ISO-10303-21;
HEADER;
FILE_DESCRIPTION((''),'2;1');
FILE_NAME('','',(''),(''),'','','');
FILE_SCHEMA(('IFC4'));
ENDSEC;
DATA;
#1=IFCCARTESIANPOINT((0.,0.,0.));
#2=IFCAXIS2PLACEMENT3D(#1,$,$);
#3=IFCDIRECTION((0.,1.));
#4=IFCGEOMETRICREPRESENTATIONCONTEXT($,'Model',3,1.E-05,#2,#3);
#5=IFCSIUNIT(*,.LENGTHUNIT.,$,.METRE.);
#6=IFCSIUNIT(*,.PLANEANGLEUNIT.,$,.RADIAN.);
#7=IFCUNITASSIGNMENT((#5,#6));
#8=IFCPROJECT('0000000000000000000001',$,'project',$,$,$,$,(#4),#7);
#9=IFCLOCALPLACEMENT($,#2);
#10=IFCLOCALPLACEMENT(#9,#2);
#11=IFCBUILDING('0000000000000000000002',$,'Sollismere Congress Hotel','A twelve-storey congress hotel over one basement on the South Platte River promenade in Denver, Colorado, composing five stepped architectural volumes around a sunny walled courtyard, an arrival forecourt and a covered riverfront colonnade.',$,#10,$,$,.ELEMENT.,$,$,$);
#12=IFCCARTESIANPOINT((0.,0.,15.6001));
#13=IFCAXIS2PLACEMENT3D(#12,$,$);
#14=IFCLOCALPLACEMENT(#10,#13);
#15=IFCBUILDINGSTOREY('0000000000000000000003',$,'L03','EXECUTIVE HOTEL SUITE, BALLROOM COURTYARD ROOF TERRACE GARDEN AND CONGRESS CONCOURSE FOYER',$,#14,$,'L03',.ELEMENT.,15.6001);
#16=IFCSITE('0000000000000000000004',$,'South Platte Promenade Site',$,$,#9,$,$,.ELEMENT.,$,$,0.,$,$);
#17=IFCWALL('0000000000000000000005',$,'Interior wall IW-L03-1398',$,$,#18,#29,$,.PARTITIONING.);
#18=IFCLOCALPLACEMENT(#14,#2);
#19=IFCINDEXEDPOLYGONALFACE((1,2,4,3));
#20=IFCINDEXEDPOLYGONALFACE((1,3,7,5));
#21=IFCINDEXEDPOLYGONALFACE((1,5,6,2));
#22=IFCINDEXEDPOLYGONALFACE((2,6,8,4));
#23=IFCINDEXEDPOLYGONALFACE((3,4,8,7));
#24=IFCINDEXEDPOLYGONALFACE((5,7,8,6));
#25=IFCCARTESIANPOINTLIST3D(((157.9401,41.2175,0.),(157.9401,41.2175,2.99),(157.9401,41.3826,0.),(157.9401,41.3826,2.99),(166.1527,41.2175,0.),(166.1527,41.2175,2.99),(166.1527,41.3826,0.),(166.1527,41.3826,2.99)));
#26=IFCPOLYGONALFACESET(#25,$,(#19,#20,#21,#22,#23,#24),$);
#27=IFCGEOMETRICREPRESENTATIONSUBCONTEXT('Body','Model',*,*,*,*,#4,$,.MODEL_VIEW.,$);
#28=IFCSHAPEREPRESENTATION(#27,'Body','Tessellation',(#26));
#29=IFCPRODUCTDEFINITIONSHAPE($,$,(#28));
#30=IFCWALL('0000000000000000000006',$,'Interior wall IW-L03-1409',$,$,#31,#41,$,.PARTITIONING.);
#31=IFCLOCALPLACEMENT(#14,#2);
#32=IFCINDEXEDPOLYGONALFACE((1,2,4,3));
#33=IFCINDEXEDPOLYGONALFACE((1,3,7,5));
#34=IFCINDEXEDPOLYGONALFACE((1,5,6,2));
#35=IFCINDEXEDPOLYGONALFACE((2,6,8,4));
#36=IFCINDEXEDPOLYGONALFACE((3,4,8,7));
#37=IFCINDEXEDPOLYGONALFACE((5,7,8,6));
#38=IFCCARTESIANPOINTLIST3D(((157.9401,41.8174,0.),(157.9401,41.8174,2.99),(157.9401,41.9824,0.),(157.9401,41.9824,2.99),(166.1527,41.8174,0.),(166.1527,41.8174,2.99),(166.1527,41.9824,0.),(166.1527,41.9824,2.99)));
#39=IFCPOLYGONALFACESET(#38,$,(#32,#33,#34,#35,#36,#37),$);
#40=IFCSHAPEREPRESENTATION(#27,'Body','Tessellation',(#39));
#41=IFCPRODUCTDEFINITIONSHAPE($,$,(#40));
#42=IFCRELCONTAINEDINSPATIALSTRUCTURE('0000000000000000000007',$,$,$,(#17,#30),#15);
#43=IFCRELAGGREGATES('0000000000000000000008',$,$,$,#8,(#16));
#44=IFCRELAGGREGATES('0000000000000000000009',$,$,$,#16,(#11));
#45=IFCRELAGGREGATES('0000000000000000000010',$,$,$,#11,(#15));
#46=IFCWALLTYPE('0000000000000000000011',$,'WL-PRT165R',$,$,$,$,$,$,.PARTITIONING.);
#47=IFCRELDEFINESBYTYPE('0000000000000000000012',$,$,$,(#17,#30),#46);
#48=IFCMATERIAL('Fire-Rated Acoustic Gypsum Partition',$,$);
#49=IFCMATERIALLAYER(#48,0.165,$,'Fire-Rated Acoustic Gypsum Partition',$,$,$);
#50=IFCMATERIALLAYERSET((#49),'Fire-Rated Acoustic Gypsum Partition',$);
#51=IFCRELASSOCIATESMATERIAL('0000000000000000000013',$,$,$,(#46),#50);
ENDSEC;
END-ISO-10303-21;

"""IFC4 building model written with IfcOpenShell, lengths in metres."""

from ifc_helpers import new_model, si_unit, direction, frame, frame_2d, origin, place, context, subcontext, project, spatial, rectangle, extrude, material, layer, layer_set, type_object, element, save


model = new_model("IFC4")

# Units and contexts
model_context = context("Model", 3, precision=1e-05, world=origin(), true_north=direction((0.0, 1.0)))
body_context = subcontext(model_context, "Body", "Model", "MODEL_VIEW")
ifc_project = project(units=[si_unit("LENGTHUNIT", "METRE"), si_unit("PLANEANGLEUNIT", "RADIAN")], contexts=[model_context])

# Site, building, storey
site_placement = place(None, origin())
site = spatial("IfcSite", under=ifc_project, at=site_placement, Name="South Platte Promenade Site", CompositionType="ELEMENT", RefElevation=0.0)
building_placement = place(site_placement, origin())
building = spatial("IfcBuilding", under=site, at=building_placement, Name="Sollismere Congress Hotel", Description="A twelve-storey congress hotel over one basement on the South Platte River promenade in Denver, Colorado, composing five stepped architectural volumes around a sunny walled courtyard, an arrival forecourt and a covered riverfront colonnade.", CompositionType="ELEMENT")
storey_placement = place(building_placement, frame((0.0, 0.0, 15.6001)))
storey = spatial("IfcBuildingStorey", under=building, at=storey_placement, Name="L03", Description="EXECUTIVE HOTEL SUITE, BALLROOM COURTYARD ROOF TERRACE GARDEN AND CONGRESS CONCOURSE FOYER", LongName="L03", CompositionType="ELEMENT", Elevation=15.6001)

# Walls
ifc_material_1 = material(Name="Fire-Rated Acoustic Gypsum Partition")
ifc_layer_1 = layer(ifc_material_1, 0.165, Name="Fire-Rated Acoustic Gypsum Partition")
ifc_layer_set_1 = layer_set([ifc_layer_1], Name="Fire-Rated Acoustic Gypsum Partition")
wall_type_1 = type_object("IfcWallType", Name="WL-PRT165R", PredefinedType="PARTITIONING", material=ifc_layer_set_1)
for number, where, z_axis, x_axis, name in (
    (1, (157.9399, 41.3, 0.0), (0.0, 0.0, 1.0), (1.0, 0.0, 0.0), "Interior wall IW-L03-1398"),
    (2, (157.9399, 41.8999, 0.0), (0.0, 0.0, 1.0), (1.0, 0.0, 0.0), "Interior wall IW-L03-1409"),
):
    element("IfcWall", number, at=place(storey_placement, frame(where, z_axis=z_axis, x_axis=x_axis)), inside=storey, type_object=wall_type_1, Name=name, PredefinedType="PARTITIONING", context=body_context, shape_type="SweptSolid", body=[
        extrude(rectangle(XDim=8.2126, YDim=0.165, at=frame_2d((4.1064, 0.0))), origin(), (0.0, 0.0, 1.0), 2.99),
    ])

save(model, "model.ifc")
